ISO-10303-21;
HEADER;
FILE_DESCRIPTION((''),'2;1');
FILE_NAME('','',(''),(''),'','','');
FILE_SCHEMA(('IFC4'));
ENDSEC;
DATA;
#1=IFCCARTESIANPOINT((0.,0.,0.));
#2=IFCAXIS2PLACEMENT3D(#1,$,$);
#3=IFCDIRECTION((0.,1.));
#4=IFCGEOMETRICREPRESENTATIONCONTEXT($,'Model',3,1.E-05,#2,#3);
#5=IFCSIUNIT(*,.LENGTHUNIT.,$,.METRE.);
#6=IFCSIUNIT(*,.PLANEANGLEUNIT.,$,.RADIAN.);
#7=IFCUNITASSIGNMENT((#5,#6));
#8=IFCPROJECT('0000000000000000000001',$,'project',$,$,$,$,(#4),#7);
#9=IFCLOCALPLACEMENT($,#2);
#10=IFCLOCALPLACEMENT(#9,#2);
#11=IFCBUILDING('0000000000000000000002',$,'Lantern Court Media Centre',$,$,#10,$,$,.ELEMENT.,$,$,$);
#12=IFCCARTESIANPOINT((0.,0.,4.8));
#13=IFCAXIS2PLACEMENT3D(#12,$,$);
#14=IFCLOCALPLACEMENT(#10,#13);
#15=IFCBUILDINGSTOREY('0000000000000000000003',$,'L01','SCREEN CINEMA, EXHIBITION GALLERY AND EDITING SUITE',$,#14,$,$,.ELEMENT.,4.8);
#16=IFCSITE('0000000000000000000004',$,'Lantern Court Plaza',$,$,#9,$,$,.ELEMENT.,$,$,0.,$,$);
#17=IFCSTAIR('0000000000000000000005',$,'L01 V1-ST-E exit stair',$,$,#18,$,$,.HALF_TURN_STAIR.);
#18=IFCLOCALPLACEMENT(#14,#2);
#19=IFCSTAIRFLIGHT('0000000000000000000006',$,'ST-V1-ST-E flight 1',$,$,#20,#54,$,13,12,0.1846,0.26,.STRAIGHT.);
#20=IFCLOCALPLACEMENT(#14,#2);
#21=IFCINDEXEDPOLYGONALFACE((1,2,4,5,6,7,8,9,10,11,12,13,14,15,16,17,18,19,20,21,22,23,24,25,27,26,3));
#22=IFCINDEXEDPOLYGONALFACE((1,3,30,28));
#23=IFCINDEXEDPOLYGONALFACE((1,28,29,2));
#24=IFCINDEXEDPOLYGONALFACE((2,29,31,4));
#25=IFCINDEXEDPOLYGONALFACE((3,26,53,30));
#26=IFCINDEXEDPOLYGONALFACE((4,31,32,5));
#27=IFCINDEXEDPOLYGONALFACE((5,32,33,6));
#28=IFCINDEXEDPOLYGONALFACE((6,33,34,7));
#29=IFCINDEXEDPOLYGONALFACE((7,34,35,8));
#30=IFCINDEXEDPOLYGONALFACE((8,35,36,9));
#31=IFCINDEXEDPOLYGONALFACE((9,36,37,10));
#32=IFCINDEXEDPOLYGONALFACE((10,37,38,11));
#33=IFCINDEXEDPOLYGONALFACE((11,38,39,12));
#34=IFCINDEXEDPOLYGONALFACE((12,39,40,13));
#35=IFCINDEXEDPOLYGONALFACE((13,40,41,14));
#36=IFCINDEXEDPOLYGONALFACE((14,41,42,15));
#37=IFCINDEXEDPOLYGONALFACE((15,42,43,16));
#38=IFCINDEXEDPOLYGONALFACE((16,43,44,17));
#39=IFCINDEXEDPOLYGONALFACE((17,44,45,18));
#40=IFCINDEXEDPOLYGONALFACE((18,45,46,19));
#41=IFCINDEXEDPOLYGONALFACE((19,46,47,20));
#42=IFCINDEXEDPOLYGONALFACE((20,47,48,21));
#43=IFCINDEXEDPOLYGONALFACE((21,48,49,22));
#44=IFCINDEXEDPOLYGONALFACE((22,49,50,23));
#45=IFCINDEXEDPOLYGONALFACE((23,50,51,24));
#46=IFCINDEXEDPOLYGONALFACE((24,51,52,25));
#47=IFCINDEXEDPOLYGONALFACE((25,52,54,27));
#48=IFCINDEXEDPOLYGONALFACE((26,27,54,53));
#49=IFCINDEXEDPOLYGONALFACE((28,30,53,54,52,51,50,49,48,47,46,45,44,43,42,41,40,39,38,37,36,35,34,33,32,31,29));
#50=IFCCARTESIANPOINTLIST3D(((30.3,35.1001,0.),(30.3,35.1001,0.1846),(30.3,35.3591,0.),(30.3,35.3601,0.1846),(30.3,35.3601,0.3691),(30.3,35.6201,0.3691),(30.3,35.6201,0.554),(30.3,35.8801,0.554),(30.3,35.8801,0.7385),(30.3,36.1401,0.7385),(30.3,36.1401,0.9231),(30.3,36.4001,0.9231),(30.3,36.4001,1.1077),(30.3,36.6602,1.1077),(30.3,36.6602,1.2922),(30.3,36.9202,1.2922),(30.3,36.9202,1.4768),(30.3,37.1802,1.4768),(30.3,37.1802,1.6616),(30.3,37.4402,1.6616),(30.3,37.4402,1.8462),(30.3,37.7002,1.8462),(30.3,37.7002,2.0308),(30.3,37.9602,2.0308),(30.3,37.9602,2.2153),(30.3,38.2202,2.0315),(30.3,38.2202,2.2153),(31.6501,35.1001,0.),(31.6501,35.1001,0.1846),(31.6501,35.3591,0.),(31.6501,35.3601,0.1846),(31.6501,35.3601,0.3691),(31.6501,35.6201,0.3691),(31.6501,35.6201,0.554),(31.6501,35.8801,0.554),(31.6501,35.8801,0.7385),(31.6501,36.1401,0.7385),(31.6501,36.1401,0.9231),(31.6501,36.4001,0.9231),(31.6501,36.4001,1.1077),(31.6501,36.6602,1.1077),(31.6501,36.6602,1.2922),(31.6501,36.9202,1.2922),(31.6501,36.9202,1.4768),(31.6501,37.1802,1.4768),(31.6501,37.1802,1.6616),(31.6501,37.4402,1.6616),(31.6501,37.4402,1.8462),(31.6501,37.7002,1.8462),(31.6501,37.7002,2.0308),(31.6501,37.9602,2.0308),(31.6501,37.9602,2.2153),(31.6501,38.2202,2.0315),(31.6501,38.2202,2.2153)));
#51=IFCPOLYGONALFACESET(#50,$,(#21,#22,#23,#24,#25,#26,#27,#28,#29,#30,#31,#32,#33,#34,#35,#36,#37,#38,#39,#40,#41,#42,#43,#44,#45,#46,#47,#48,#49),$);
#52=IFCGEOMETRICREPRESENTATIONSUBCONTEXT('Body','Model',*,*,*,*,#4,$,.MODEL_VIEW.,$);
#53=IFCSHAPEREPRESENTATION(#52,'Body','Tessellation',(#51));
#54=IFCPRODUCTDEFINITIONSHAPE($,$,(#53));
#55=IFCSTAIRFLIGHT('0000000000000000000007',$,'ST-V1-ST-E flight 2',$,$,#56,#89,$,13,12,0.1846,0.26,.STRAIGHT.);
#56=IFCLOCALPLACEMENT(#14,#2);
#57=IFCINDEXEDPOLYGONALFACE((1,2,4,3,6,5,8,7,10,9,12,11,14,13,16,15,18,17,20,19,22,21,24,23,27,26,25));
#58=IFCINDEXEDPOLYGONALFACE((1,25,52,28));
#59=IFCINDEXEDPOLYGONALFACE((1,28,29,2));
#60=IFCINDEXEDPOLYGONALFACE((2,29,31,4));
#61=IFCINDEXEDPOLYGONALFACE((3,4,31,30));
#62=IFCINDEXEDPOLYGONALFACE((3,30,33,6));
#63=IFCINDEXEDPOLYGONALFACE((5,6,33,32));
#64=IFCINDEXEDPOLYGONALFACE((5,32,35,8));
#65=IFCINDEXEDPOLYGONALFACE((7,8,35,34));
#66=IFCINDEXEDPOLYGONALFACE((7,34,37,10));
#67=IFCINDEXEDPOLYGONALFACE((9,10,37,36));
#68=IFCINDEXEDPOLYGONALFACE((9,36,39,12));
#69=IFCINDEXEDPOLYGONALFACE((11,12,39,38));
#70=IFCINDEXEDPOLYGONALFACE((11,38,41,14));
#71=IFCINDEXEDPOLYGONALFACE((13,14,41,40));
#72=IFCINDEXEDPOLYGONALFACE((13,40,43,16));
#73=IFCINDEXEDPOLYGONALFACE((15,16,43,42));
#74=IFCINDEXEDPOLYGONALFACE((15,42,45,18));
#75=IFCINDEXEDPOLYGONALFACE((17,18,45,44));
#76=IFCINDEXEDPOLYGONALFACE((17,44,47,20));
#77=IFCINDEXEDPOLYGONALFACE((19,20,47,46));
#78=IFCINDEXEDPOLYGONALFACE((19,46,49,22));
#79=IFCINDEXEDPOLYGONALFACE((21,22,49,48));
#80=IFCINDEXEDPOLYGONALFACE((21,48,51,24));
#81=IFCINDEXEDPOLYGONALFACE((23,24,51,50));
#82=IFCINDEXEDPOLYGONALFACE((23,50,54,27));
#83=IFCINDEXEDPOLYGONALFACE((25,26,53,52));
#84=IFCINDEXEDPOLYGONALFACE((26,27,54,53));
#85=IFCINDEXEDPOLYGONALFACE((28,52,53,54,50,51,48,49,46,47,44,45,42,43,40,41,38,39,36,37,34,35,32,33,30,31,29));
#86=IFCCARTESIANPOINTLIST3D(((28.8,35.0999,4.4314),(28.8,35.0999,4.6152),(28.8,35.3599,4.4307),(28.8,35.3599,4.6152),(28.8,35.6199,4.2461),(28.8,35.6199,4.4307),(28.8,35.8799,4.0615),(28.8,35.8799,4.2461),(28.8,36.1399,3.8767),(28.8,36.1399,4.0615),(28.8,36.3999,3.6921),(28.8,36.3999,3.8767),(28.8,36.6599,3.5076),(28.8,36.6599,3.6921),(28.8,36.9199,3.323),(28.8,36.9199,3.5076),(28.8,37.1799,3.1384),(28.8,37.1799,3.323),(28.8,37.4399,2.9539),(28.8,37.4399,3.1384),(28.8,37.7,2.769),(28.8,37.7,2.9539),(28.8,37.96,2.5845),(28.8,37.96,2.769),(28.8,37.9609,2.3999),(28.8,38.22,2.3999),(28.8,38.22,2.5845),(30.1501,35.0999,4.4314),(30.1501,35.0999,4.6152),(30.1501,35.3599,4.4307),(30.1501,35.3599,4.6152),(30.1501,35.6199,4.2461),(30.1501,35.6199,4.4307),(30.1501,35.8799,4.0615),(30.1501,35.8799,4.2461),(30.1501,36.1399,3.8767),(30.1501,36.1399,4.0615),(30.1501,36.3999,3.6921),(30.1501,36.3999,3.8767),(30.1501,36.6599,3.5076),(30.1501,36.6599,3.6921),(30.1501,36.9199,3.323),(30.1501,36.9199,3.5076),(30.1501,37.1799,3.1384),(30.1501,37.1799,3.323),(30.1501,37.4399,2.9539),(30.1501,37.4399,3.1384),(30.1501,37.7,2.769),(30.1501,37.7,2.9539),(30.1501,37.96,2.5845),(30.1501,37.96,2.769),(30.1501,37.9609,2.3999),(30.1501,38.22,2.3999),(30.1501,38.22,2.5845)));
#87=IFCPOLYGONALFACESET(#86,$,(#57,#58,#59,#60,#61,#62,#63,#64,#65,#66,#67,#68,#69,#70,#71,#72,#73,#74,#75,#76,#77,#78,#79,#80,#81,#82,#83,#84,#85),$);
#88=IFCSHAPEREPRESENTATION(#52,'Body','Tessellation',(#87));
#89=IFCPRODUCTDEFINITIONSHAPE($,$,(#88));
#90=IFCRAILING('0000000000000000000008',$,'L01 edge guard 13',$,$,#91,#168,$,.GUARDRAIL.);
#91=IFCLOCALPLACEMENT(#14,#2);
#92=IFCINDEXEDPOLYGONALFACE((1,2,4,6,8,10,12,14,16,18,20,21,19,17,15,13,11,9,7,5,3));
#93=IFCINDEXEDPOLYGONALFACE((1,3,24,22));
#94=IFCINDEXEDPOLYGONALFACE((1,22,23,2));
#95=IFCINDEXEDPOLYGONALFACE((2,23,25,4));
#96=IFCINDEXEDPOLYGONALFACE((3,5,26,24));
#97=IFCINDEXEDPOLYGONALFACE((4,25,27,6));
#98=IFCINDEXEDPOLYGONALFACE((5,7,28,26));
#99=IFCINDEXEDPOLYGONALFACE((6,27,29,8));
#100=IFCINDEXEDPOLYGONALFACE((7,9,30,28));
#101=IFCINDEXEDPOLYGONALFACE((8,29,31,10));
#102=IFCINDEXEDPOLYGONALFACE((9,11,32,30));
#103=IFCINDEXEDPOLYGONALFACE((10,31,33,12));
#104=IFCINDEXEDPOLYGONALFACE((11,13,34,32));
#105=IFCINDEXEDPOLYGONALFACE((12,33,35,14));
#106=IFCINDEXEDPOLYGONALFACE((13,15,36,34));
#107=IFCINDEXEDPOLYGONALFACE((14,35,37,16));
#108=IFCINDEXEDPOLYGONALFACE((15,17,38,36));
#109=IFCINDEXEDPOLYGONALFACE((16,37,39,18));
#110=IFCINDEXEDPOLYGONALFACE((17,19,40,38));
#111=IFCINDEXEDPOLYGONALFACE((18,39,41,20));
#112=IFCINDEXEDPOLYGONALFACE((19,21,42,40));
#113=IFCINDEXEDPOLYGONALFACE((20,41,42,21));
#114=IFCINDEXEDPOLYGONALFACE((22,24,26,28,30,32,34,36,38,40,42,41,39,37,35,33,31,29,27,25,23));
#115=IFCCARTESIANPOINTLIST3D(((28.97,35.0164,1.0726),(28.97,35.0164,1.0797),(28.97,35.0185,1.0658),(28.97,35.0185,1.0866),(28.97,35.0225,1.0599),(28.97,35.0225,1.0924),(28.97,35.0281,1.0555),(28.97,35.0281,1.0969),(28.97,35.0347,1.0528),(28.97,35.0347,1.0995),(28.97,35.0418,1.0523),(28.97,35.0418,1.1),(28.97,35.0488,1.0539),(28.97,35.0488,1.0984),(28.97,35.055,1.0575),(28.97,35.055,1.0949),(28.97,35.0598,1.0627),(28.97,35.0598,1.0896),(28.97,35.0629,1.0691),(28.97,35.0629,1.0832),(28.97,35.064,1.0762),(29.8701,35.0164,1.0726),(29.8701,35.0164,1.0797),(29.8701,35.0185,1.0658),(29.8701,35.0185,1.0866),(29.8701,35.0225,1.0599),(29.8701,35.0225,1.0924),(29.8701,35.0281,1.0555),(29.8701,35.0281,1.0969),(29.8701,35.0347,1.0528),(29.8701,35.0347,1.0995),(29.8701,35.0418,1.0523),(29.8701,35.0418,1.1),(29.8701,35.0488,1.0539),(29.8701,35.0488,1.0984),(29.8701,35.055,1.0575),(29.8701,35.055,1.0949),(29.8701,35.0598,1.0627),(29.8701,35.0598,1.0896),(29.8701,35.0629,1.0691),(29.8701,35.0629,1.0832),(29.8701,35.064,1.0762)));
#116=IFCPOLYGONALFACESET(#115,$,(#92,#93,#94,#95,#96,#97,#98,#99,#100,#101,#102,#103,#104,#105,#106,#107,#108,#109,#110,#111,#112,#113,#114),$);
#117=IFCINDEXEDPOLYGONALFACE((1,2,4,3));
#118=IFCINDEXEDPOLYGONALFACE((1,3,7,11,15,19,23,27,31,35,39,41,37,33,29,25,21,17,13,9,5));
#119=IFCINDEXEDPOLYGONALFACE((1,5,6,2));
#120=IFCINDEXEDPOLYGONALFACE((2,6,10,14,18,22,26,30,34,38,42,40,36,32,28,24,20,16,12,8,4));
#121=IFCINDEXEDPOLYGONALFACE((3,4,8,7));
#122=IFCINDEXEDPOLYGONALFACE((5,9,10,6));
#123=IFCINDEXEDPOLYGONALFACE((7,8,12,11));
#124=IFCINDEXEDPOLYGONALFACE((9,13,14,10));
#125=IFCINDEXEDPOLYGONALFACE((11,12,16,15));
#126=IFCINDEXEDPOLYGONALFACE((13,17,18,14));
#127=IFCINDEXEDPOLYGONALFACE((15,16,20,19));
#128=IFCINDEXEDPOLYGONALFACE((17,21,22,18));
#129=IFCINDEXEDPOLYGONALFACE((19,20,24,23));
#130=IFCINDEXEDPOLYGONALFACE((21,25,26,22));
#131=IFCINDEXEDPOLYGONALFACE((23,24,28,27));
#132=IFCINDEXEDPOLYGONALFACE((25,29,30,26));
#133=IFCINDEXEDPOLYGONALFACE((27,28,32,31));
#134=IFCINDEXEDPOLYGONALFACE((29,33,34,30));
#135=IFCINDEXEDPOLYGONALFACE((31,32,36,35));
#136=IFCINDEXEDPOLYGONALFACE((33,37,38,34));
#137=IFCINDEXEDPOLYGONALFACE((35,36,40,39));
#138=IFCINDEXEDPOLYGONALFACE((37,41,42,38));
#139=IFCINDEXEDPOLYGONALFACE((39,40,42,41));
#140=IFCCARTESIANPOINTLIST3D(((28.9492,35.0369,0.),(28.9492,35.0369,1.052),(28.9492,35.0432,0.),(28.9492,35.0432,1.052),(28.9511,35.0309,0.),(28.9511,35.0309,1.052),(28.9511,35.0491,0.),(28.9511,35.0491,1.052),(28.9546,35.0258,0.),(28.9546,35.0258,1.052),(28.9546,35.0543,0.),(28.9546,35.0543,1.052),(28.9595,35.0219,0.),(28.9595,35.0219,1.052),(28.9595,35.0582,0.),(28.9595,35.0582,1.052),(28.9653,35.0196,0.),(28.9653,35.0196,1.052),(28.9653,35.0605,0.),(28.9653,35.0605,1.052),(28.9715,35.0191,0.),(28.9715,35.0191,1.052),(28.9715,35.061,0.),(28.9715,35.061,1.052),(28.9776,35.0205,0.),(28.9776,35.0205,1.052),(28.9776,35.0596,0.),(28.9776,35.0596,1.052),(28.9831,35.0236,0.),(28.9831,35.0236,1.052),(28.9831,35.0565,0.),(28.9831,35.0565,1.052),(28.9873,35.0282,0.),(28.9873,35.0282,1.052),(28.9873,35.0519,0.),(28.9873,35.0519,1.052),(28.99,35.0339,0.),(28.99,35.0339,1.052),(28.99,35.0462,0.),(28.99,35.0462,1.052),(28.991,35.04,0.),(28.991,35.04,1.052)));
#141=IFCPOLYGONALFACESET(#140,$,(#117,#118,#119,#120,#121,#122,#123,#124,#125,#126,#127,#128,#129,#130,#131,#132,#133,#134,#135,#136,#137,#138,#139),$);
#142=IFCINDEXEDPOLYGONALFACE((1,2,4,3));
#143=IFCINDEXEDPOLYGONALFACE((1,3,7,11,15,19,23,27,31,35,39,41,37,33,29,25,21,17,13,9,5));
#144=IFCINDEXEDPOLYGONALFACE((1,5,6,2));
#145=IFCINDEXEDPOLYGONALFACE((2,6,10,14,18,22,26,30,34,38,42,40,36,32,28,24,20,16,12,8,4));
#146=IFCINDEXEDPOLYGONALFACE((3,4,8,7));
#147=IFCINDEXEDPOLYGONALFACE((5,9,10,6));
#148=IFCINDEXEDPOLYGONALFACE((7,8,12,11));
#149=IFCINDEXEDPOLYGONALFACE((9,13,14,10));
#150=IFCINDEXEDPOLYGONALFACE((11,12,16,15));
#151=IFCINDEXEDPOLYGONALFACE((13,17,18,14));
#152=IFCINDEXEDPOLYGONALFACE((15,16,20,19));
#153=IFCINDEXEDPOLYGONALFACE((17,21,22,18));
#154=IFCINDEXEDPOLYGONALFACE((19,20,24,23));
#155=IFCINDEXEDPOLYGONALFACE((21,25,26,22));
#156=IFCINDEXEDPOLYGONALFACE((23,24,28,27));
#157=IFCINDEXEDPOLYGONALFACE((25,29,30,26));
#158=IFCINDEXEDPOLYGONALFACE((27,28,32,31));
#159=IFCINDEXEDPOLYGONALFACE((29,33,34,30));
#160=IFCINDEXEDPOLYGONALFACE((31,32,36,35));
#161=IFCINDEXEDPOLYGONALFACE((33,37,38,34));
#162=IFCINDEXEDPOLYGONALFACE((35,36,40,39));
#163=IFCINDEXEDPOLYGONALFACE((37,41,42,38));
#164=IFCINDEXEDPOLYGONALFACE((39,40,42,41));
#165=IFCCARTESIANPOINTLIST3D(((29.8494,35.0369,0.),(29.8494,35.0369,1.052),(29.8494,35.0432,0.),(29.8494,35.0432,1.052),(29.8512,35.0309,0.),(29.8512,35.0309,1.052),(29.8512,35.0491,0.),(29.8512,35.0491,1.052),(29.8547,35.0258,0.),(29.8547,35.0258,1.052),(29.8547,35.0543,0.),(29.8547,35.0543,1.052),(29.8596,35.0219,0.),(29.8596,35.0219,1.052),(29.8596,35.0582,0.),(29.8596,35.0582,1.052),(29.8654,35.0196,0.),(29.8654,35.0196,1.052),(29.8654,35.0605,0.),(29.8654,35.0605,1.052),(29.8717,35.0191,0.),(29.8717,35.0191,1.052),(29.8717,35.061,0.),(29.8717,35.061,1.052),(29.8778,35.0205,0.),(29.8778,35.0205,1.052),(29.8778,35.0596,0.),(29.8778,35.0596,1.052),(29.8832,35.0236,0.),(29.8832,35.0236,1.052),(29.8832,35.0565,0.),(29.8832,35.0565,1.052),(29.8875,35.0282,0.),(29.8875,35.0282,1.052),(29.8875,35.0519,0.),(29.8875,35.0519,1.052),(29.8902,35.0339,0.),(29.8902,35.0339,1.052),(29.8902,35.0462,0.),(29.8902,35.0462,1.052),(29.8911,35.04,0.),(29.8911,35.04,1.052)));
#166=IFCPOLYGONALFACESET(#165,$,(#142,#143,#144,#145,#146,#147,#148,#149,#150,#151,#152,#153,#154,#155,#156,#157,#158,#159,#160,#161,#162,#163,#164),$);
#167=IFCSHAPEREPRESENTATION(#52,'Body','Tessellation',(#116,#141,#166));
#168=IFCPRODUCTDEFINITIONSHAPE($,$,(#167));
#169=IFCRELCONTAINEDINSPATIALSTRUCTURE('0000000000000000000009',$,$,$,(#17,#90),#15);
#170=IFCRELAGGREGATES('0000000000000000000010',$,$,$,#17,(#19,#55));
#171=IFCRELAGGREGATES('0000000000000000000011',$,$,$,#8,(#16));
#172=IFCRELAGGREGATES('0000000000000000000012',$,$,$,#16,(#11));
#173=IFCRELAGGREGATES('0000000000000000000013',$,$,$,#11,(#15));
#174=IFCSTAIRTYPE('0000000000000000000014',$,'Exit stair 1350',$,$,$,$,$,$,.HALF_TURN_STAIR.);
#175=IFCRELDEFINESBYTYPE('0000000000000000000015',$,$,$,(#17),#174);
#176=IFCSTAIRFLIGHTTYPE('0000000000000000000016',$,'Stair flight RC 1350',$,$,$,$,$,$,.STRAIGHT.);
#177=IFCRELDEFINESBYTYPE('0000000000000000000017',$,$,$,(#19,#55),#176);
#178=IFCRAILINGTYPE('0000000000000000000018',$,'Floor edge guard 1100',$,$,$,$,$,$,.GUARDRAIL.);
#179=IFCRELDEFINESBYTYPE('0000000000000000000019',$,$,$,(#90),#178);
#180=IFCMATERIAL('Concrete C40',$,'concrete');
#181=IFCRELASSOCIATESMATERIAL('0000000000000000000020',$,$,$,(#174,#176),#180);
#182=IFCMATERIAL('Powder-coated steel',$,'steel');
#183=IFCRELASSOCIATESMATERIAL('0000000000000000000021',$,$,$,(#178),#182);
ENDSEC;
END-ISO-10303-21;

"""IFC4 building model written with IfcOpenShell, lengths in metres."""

from ifc_helpers import new_model, si_unit, direction, frame, origin, origin_2d, place, context, subcontext, project, spatial, polyline, circle, outline, extrude, material, type_object, element, aggregate, save


model = new_model("IFC4")

# Units and contexts
model_context = context("Model", 3, precision=1e-05, world=origin(), true_north=direction((0.0, 1.0)))
body_context = subcontext(model_context, "Body", "Model", "MODEL_VIEW")
ifc_project = project(units=[si_unit("LENGTHUNIT", "METRE"), si_unit("PLANEANGLEUNIT", "RADIAN")], contexts=[model_context])

# Site, building, storey
site_placement = place(None, origin())
site = spatial("IfcSite", under=ifc_project, at=site_placement, Name="Lantern Court Plaza", CompositionType="ELEMENT", RefElevation=0.0)
building_placement = place(site_placement, origin())
building = spatial("IfcBuilding", under=site, at=building_placement, Name="Lantern Court Media Centre", CompositionType="ELEMENT")
storey_placement = place(building_placement, frame((0.0, 0.0, 4.8)))
storey = spatial("IfcBuildingStorey", under=building, at=storey_placement, Name="L01", Description="SCREEN CINEMA, EXHIBITION GALLERY AND EDITING SUITE", CompositionType="ELEMENT", Elevation=4.8)

# Shared definitions
ifc_material_1 = material(Name="Concrete C40", Category="concrete")

# Stair, stair flights
stair_type = type_object("IfcStairType", Name="Exit stair 1350", PredefinedType="HALF_TURN_STAIR", material=ifc_material_1)
stair_placement = place(storey_placement, origin())
stair = element("IfcStair", 1, at=stair_placement, inside=storey, type_object=stair_type, Name="L01 V1-ST-E exit stair", PredefinedType="HALF_TURN_STAIR")
stair_flight_type = type_object("IfcStairFlightType", Name="Stair flight RC 1350", PredefinedType="STRAIGHT", material=ifc_material_1)
stair_flight_1_placement = place(storey_placement, frame((30.9751, 35.1001, 0.0), z_axis=(0.0, 0.0, 1.0), x_axis=(0.0, 1.0, 0.0)))
stair_flight_1 = element("IfcStairFlight", 2, at=stair_flight_1_placement, type_object=stair_flight_type, Name="ST-V1-ST-E flight 1", NumberOfRisers=13, NumberOfTreads=12, PredefinedType="STRAIGHT", RiserHeight=0.1846, TreadLength=0.26, context=body_context, shape_type="SweptSolid", body=[
    extrude(outline(polyline([(0.0, 0.0), (0.0, 0.1846), (0.26, 0.1846), (0.26, 0.3691), (0.52, 0.3691), (0.52, 0.554), (0.78, 0.554), (0.78, 0.7385), (1.04, 0.7385), (1.04, 0.9231), (1.3, 0.9231), (1.3, 1.1077), (1.5601, 1.1077), (1.5601, 1.2922), (1.8201, 1.2922), (1.8201, 1.4768), (2.0801, 1.4768), (2.0801, 1.6616), (2.3401, 1.6616), (2.3401, 1.8462), (2.6001, 1.8462), (2.6001, 2.0308), (2.8601, 2.0308), (2.8601, 2.2153), (3.1201, 2.2153), (3.1201, 2.3999), (3.1201, 2.0315), (0.259, 0.0), (0.0, 0.0)])), frame((0.0, 0.675, 0.0), z_axis=(0.0, -1.0, 0.0), x_axis=(1.0, 0.0, 0.0)), (0.0, 0.0, 1.0), 1.3501),
])
stair_flight_2_placement = place(storey_placement, frame((29.4751, 38.22, 2.3999), z_axis=(0.0, 0.0, 1.0), x_axis=(0.0, -1.0, 0.0)))
stair_flight_2 = element("IfcStairFlight", 3, at=stair_flight_2_placement, type_object=stair_flight_type, Name="ST-V1-ST-E flight 2", NumberOfRisers=13, NumberOfTreads=12, PredefinedType="STRAIGHT", RiserHeight=0.1846, TreadLength=0.26, context=body_context, shape_type="SweptSolid", body=[
    extrude(outline(polyline([(0.0, 0.0), (0.0, 0.1846), (0.26, 0.1846), (0.26, 0.3691), (0.52, 0.3691), (0.52, 0.554), (0.78, 0.554), (0.78, 0.7385), (1.04, 0.7385), (1.04, 0.9231), (1.3, 0.9231), (1.3, 1.1077), (1.5601, 1.1077), (1.5601, 1.2922), (1.8201, 1.2922), (1.8201, 1.4768), (2.0801, 1.4768), (2.0801, 1.6616), (2.3401, 1.6616), (2.3401, 1.8462), (2.6001, 1.8462), (2.6001, 2.0308), (2.8601, 2.0308), (2.8601, 2.2153), (3.1201, 2.2153), (3.1201, 2.3999), (3.1201, 2.0315), (0.259, 0.0), (0.0, 0.0)])), frame((0.0, 0.675, 0.0), z_axis=(0.0, -1.0, 0.0), x_axis=(1.0, 0.0, 0.0)), (0.0, 0.0, 1.0), 1.3501),
])
aggregate(stair, [stair_flight_1, stair_flight_2])

# Railing
ifc_material_2 = material(Name="Powder-coated steel", Category="steel")
railing_type_1 = type_object("IfcRailingType", Name="Floor edge guard 1100", PredefinedType="GUARDRAIL", material=ifc_material_2)
railing_1_placement = place(storey_placement, frame((28.97, 35.04, 0.0)))
element("IfcRailing", 4, at=railing_1_placement, inside=storey, type_object=railing_type_1, Name="L01 edge guard 13", PredefinedType="GUARDRAIL", context=body_context, shape_type="SweptSolid", body=[
    extrude(circle(Radius=0.0239, at=origin_2d()), frame((0.0, 0.0, 1.0762), z_axis=(1.0, 0.0, 0.0), x_axis=(0.0, 1.0, 0.0)), (0.0, 0.0, 1.0), 0.9001),
    extrude(circle(Radius=0.021, at=origin_2d()), origin(), (0.0, 0.0, 1.0), 1.052),
    extrude(circle(Radius=0.021, at=origin_2d()), frame((0.9001, 0.0, 0.0)), (0.0, 0.0, 1.0), 1.052),
])

save(model, "model.ifc")
